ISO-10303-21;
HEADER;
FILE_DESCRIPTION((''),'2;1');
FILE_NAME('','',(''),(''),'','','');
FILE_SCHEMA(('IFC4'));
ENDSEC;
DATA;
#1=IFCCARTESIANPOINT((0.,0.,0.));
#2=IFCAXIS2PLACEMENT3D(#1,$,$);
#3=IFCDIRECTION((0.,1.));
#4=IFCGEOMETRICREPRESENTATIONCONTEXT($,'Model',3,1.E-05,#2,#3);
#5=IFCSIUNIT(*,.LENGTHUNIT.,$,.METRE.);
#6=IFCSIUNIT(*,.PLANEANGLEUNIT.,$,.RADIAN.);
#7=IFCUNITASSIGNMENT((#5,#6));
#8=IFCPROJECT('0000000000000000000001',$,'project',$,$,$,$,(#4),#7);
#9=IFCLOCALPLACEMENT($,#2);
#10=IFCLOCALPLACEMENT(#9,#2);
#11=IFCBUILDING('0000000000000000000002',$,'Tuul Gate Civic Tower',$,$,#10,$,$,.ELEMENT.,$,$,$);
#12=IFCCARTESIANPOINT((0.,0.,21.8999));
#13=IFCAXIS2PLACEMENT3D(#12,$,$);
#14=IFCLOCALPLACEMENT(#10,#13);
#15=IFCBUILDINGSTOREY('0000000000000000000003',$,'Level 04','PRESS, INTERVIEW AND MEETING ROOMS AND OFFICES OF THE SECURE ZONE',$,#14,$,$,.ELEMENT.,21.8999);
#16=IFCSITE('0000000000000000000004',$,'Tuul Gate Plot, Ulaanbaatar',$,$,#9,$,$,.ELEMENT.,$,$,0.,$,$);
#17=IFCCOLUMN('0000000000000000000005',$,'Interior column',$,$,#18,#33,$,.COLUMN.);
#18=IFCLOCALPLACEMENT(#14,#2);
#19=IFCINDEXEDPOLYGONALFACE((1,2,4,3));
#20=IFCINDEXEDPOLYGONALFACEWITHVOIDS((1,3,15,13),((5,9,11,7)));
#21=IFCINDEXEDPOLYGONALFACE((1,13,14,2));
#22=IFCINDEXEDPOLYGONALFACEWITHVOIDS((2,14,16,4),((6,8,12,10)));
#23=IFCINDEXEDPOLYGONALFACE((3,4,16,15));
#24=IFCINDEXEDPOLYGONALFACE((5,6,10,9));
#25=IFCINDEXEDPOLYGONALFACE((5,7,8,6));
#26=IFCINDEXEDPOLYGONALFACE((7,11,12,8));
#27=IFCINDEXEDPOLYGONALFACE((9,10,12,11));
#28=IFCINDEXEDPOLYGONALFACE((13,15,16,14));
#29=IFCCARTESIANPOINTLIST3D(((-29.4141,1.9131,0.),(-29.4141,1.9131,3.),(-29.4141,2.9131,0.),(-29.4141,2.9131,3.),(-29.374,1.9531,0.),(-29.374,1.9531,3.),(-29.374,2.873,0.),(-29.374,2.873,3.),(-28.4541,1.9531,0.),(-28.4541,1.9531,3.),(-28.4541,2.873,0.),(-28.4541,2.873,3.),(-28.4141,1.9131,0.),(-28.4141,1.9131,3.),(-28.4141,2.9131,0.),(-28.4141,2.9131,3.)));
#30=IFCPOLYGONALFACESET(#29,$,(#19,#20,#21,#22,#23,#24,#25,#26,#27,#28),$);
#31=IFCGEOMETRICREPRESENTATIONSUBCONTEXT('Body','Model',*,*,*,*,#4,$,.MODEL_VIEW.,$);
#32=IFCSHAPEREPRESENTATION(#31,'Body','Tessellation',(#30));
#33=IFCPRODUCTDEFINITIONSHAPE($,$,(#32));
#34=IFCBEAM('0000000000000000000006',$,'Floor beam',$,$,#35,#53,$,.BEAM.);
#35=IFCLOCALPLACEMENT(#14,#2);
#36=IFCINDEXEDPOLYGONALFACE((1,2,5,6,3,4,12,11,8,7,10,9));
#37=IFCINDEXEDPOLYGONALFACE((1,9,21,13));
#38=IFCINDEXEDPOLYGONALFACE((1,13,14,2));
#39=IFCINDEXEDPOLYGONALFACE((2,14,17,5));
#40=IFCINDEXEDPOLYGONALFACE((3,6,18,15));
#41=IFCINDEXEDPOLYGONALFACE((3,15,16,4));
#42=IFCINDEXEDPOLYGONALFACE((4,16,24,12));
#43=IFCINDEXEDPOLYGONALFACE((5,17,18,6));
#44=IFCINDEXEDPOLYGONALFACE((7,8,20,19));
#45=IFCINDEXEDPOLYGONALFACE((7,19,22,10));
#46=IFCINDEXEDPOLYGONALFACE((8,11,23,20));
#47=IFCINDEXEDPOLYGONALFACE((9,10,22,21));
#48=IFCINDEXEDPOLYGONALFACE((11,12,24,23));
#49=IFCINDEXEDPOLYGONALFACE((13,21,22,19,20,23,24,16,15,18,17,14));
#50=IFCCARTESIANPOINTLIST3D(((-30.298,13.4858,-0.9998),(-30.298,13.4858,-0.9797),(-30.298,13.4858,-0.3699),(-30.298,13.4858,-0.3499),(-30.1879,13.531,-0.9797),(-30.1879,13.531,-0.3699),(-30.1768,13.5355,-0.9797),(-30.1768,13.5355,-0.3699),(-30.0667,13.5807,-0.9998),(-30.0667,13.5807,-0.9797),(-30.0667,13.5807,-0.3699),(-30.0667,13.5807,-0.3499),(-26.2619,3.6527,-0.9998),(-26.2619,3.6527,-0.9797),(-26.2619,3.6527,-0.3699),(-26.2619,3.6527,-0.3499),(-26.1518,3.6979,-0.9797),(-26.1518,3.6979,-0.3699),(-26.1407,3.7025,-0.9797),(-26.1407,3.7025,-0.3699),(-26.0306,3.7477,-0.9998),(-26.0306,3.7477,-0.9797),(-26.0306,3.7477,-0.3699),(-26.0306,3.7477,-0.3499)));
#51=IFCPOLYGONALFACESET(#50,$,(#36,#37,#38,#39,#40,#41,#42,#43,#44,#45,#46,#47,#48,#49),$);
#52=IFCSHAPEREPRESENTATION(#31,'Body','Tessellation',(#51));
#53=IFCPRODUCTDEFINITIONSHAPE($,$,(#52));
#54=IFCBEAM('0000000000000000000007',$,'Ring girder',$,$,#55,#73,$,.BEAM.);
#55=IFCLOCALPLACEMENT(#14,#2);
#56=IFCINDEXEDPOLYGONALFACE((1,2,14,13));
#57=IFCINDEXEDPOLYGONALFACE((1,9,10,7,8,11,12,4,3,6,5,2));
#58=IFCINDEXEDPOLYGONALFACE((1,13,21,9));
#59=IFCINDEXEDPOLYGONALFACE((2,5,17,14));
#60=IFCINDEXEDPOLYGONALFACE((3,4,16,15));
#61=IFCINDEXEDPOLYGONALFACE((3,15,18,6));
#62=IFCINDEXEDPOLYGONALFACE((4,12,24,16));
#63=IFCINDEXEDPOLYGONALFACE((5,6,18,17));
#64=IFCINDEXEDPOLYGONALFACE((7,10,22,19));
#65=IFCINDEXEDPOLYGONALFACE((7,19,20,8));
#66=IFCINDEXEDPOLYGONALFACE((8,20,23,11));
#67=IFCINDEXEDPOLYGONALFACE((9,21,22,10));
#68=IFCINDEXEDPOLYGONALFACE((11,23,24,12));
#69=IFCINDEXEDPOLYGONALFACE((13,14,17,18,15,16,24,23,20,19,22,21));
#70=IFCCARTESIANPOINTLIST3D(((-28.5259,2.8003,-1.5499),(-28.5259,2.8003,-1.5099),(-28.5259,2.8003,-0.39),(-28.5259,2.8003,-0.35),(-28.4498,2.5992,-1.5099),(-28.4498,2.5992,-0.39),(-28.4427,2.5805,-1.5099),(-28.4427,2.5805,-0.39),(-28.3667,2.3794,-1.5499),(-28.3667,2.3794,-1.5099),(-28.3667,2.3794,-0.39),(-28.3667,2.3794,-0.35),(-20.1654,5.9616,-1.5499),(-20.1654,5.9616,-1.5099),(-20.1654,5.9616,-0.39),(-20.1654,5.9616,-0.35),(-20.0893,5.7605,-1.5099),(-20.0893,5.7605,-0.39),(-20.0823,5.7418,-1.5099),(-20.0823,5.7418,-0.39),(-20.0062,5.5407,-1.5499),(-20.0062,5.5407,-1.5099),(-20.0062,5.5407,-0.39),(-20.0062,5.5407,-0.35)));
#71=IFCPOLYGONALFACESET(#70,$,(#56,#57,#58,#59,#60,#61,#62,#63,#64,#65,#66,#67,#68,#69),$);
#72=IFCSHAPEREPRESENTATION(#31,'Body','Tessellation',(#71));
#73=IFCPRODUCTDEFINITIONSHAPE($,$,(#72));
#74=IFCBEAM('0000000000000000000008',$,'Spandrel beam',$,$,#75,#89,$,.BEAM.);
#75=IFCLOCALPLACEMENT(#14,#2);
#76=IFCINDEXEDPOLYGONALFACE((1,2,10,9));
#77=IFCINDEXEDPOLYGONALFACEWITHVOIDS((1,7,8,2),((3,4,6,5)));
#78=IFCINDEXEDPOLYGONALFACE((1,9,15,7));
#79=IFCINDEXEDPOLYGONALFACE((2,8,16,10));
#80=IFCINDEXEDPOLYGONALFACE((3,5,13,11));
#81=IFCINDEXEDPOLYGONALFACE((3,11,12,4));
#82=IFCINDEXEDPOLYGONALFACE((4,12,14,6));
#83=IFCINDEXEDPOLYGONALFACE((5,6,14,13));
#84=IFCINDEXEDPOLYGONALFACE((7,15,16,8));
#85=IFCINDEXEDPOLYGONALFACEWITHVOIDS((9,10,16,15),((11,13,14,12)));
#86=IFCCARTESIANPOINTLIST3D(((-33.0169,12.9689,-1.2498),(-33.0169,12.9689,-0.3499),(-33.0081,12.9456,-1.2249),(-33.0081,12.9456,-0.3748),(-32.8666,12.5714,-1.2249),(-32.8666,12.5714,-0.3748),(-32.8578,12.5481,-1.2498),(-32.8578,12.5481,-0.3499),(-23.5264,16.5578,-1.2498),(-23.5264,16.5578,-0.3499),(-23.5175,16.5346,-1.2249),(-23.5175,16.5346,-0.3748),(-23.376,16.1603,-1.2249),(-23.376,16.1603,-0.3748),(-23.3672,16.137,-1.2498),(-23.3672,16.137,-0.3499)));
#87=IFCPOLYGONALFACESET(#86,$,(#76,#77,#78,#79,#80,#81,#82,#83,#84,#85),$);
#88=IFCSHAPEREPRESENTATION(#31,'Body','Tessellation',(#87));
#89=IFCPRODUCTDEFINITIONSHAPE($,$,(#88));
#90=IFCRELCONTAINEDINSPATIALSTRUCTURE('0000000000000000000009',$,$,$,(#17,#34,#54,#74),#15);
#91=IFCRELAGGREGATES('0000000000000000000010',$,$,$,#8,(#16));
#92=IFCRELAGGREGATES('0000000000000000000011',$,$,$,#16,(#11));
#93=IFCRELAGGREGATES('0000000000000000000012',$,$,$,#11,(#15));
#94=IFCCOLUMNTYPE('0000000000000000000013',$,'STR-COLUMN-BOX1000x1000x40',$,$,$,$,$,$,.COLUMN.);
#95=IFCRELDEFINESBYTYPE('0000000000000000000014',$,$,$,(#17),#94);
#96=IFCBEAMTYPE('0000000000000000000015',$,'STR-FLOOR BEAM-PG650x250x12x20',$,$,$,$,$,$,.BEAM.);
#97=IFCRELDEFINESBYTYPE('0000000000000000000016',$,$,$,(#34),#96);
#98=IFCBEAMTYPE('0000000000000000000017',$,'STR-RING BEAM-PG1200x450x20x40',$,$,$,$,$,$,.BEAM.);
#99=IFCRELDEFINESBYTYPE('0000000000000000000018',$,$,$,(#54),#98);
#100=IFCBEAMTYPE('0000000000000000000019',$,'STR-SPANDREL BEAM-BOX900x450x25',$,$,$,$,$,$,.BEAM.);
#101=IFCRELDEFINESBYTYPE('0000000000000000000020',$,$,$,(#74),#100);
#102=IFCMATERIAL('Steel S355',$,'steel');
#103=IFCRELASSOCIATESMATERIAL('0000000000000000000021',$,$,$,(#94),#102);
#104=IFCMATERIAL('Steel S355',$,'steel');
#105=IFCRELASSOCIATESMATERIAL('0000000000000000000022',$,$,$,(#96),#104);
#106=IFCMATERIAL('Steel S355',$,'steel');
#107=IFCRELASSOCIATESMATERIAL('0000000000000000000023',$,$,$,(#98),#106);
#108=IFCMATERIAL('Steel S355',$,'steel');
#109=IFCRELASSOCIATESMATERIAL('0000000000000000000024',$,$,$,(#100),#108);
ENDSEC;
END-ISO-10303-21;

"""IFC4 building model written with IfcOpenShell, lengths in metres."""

from ifc_helpers import new_model, si_unit, direction, frame, origin, origin_2d, place, context, subcontext, project, spatial, hollow_rectangle, i_section, extrude, material, material_profile, profile_set, type_object, element, save


model = new_model("IFC4")

# Units and contexts
model_context = context("Model", 3, precision=1e-05, world=origin(), true_north=direction((0.0, 1.0)))
body_context = subcontext(model_context, "Body", "Model", "MODEL_VIEW")
ifc_project = project(units=[si_unit("LENGTHUNIT", "METRE"), si_unit("PLANEANGLEUNIT", "RADIAN")], contexts=[model_context])

# Site, building, storey
site_placement = place(None, origin())
site = spatial("IfcSite", under=ifc_project, at=site_placement, Name="Tuul Gate Plot, Ulaanbaatar", CompositionType="ELEMENT", RefElevation=0.0)
building_placement = place(site_placement, origin())
building = spatial("IfcBuilding", under=site, at=building_placement, Name="Tuul Gate Civic Tower", CompositionType="ELEMENT")
storey_placement = place(building_placement, frame((0.0, 0.0, 21.8999)))
storey = spatial("IfcBuildingStorey", under=building, at=storey_placement, Name="Level 04", Description="PRESS, INTERVIEW AND MEETING ROOMS AND OFFICES OF THE SECURE ZONE", CompositionType="ELEMENT", Elevation=21.8999)

# Column
ifc_material_1 = material(Name="Steel S355", Category="steel")
ifc_material_profile_1 = material_profile(ifc_material_1, hollow_rectangle(XDim=1.0, YDim=1.0, WallThickness=0.04, at=origin_2d()), Name="BOX1000x1000x40")
ifc_profile_set_1 = profile_set([ifc_material_profile_1], Name="Steel S355")
column_type = type_object("IfcColumnType", Name="STR-COLUMN-BOX1000x1000x40", PredefinedType="COLUMN", material=ifc_profile_set_1)
column_placement = place(storey_placement, frame((-28.9141, 2.4131, 0.0), z_axis=(0.0, 0.0, 1.0), x_axis=(1.0, 0.0, 0.0)))
element("IfcColumn", 1, at=column_placement, inside=storey, type_object=column_type, Name="Interior column", PredefinedType="COLUMN", context=body_context, shape_type="SweptSolid", body=[
    extrude(hollow_rectangle(XDim=1.0, YDim=1.0, WallThickness=0.04, at=origin_2d()), origin(), (0.0, 0.0, 1.0), 3.0),
])

# Beams
ifc_material_2 = material(Name="Steel S355", Category="steel")
ifc_material_profile_2 = material_profile(ifc_material_2, i_section(OverallWidth=0.25, OverallDepth=0.6499, WebThickness=0.012, FlangeThickness=0.02, at=origin_2d()), Name="PG650x250x12x20")
ifc_profile_set_2 = profile_set([ifc_material_profile_2], Name="Steel S355")
beam_type_1 = type_object("IfcBeamType", Name="STR-FLOOR BEAM-PG650x250x12x20", PredefinedType="BEAM", material=ifc_profile_set_2)
beam_1_placement = place(storey_placement, frame((-26.1462, 3.7002, -0.6748), z_axis=(-0.379724, 0.9251, 0.0), x_axis=(-0.9251, -0.379724, 0.0)))
element("IfcBeam", 2, at=beam_1_placement, inside=storey, type_object=beam_type_1, Name="Floor beam", PredefinedType="BEAM", context=body_context, shape_type="SweptSolid", body=[
    extrude(i_section(OverallWidth=0.25, OverallDepth=0.6499, WebThickness=0.012, FlangeThickness=0.02, at=origin_2d()), origin(), (0.0, 0.0, 1.0), 10.6292),
])
ifc_material_3 = material(Name="Steel S355", Category="steel")
ifc_material_profile_3 = material_profile(ifc_material_3, i_section(OverallWidth=0.45, OverallDepth=1.2, WebThickness=0.02, FlangeThickness=0.04, at=origin_2d()), Name="PG1200x450x20x40")
ifc_profile_set_3 = profile_set([ifc_material_profile_3], Name="Steel S355")
beam_type_2 = type_object("IfcBeamType", Name="STR-RING BEAM-PG1200x450x20x40", PredefinedType="BEAM", material=ifc_profile_set_3)
beam_2_placement = place(storey_placement, frame((-28.4463, 2.5898, -0.95), z_axis=(0.935364, 0.353687, 0.0), x_axis=(-0.353687, 0.935364, 0.0)))
element("IfcBeam", 3, at=beam_2_placement, inside=storey, type_object=beam_type_2, Name="Ring girder", PredefinedType="BEAM", context=body_context, shape_type="SweptSolid", body=[
    extrude(i_section(OverallWidth=0.45, OverallDepth=1.2, WebThickness=0.02, FlangeThickness=0.04, at=origin_2d()), origin(), (0.0, 0.0, 1.0), 8.9382),
])
ifc_material_4 = material(Name="Steel S355", Category="steel")
ifc_material_profile_4 = material_profile(ifc_material_4, hollow_rectangle(XDim=0.45, YDim=0.8999, WallThickness=0.0249, at=origin_2d()), Name="BOX900x450x25")
ifc_profile_set_4 = profile_set([ifc_material_profile_4], Name="Steel S355")
beam_type_3 = type_object("IfcBeamType", Name="STR-SPANDREL BEAM-BOX900x450x25", PredefinedType="BEAM", material=ifc_profile_set_4)
beam_3_placement = place(storey_placement, frame((-23.4468, 16.3474, -0.7998), z_axis=(-0.935356, -0.353709, 0.0), x_axis=(0.353709, -0.935356, 0.0)))
element("IfcBeam", 4, at=beam_3_placement, inside=storey, type_object=beam_type_3, Name="Spandrel beam", PredefinedType="BEAM", context=body_context, shape_type="SweptSolid", body=[
    extrude(hollow_rectangle(XDim=0.45, YDim=0.8999, WallThickness=0.0249, at=origin_2d()), origin(), (0.0, 0.0, 1.0), 10.1465),
])

save(model, "model.ifc")
